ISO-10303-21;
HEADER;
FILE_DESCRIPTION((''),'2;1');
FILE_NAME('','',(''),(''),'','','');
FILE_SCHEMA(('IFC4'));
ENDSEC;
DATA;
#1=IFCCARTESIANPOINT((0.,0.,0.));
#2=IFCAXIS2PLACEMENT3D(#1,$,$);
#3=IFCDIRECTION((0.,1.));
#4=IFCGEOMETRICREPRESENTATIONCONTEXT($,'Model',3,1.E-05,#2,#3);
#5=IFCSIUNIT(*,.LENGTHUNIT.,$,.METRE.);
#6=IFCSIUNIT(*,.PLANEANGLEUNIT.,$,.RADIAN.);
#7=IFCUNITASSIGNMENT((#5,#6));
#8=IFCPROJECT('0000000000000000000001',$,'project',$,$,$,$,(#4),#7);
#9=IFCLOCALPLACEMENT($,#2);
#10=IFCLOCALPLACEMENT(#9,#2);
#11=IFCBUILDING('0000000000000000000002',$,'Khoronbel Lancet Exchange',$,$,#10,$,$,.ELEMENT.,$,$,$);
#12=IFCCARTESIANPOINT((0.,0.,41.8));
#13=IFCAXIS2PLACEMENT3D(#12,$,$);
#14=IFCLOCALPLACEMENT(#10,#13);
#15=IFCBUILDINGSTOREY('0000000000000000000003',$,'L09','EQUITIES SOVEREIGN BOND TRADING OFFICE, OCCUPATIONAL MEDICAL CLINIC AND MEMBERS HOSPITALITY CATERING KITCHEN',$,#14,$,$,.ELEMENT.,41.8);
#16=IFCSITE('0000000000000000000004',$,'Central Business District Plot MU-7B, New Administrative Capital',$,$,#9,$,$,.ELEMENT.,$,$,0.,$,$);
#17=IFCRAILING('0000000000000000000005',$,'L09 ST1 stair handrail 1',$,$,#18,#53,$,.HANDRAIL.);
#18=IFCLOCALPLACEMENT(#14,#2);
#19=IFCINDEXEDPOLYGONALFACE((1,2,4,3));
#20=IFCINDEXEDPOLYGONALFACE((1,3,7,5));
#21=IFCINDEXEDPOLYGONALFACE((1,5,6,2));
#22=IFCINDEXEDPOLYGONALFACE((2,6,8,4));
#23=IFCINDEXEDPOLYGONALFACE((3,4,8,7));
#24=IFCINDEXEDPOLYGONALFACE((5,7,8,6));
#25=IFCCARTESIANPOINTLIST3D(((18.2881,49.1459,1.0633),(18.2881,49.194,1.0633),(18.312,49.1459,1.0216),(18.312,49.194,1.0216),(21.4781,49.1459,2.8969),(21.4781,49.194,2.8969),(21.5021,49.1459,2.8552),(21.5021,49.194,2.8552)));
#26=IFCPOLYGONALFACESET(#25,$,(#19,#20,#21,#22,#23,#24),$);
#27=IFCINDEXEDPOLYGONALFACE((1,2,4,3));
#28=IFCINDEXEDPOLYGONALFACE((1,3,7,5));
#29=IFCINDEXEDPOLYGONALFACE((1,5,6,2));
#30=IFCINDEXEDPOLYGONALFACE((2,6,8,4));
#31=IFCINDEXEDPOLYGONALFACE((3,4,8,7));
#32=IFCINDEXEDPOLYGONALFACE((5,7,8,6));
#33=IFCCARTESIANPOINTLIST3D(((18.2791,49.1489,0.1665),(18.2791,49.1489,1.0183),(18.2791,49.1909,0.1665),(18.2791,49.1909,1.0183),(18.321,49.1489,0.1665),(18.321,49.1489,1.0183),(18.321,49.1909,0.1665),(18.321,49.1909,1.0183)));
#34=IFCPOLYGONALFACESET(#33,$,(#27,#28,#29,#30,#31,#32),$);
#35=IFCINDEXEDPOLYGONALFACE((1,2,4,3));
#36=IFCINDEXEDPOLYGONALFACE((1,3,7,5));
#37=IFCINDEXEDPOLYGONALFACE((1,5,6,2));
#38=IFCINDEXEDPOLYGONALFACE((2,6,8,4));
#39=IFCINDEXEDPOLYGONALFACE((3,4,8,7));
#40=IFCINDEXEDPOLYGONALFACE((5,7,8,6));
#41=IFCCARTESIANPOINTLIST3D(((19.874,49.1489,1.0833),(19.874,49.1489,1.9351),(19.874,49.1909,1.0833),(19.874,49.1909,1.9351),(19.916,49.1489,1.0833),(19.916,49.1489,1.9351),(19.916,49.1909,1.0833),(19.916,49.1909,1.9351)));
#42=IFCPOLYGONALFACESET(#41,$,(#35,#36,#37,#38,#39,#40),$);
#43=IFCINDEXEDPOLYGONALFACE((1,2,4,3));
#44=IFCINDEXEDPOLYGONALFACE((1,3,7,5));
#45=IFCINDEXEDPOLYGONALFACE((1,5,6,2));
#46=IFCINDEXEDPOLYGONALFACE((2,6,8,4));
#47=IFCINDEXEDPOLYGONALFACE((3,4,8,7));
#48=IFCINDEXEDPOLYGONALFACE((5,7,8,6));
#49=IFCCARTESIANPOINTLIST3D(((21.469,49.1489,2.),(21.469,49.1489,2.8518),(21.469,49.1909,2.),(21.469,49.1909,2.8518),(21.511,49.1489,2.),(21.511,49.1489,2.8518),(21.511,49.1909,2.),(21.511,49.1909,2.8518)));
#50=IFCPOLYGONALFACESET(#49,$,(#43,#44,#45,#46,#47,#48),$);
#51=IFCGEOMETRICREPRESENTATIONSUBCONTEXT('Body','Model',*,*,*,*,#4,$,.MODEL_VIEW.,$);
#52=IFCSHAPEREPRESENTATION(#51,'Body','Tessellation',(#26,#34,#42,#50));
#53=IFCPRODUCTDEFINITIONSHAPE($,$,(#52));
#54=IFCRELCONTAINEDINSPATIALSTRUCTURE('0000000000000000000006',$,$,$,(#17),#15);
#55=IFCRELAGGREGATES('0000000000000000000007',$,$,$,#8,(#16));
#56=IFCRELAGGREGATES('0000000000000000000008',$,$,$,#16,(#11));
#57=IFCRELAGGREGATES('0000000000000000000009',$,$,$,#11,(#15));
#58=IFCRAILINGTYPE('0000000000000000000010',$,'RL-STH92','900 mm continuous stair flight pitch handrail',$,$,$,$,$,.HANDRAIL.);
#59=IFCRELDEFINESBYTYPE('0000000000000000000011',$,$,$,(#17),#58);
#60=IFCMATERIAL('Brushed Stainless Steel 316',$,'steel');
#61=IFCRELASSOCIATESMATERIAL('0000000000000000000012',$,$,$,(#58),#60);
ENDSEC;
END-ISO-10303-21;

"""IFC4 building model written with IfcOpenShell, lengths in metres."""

from ifc_helpers import new_model, si_unit, direction, frame, origin, origin_2d, place, context, subcontext, project, spatial, rectangle, extrude, material, type_object, element, save


model = new_model("IFC4")

# Units and contexts
model_context = context("Model", 3, precision=1e-05, world=origin(), true_north=direction((0.0, 1.0)))
body_context = subcontext(model_context, "Body", "Model", "MODEL_VIEW")
ifc_project = project(units=[si_unit("LENGTHUNIT", "METRE"), si_unit("PLANEANGLEUNIT", "RADIAN")], contexts=[model_context])

# Site, building, storey
site_placement = place(None, origin())
site = spatial("IfcSite", under=ifc_project, at=site_placement, Name="Central Business District Plot MU-7B, New Administrative Capital", CompositionType="ELEMENT", RefElevation=0.0)
building_placement = place(site_placement, origin())
building = spatial("IfcBuilding", under=site, at=building_placement, Name="Khoronbel Lancet Exchange", CompositionType="ELEMENT")
storey_placement = place(building_placement, frame((0.0, 0.0, 41.8)))
storey = spatial("IfcBuildingStorey", under=building, at=storey_placement, Name="L09", Description="EQUITIES SOVEREIGN BOND TRADING OFFICE, OCCUPATIONAL MEDICAL CLINIC AND MEMBERS HOSPITALITY CATERING KITCHEN", CompositionType="ELEMENT", Elevation=41.8)

# Railing
ifc_material_1 = material(Name="Brushed Stainless Steel 316", Category="steel")
railing_type_1 = type_object("IfcRailingType", Name="RL-STH92", Description="900 mm continuous stair flight pitch handrail", PredefinedType="HANDRAIL", material=ifc_material_1)
railing_1_placement = place(storey_placement, frame((18.3, 49.1699, 0.1665)))
element("IfcRailing", 1, at=railing_1_placement, inside=storey, type_object=railing_type_1, Name="L09 ST1 stair handrail 1", PredefinedType="HANDRAIL", context=body_context, shape_type="SweptSolid", body=[
    extrude(rectangle(XDim=0.0481, YDim=0.0481, at=origin_2d()), frame((0.0, 0.0, 0.876), z_axis=(0.866991, 0.0, 0.498324), x_axis=(0.0, 1.0, 0.0)), (0.0, 0.0, 1.0), 3.6794),
    extrude(rectangle(XDim=0.042, YDim=0.042, at=origin_2d()), origin(), (0.0, 0.0, 1.0), 0.8518),
    extrude(rectangle(XDim=0.042, YDim=0.042, at=origin_2d()), frame((1.595, 0.0, 0.9167)), (0.0, 0.0, 1.0), 0.8518),
    extrude(rectangle(XDim=0.042, YDim=0.042, at=origin_2d()), frame((3.1899, 0.0, 1.8335)), (0.0, 0.0, 1.0), 0.8518),
])

save(model, "model.ifc")
